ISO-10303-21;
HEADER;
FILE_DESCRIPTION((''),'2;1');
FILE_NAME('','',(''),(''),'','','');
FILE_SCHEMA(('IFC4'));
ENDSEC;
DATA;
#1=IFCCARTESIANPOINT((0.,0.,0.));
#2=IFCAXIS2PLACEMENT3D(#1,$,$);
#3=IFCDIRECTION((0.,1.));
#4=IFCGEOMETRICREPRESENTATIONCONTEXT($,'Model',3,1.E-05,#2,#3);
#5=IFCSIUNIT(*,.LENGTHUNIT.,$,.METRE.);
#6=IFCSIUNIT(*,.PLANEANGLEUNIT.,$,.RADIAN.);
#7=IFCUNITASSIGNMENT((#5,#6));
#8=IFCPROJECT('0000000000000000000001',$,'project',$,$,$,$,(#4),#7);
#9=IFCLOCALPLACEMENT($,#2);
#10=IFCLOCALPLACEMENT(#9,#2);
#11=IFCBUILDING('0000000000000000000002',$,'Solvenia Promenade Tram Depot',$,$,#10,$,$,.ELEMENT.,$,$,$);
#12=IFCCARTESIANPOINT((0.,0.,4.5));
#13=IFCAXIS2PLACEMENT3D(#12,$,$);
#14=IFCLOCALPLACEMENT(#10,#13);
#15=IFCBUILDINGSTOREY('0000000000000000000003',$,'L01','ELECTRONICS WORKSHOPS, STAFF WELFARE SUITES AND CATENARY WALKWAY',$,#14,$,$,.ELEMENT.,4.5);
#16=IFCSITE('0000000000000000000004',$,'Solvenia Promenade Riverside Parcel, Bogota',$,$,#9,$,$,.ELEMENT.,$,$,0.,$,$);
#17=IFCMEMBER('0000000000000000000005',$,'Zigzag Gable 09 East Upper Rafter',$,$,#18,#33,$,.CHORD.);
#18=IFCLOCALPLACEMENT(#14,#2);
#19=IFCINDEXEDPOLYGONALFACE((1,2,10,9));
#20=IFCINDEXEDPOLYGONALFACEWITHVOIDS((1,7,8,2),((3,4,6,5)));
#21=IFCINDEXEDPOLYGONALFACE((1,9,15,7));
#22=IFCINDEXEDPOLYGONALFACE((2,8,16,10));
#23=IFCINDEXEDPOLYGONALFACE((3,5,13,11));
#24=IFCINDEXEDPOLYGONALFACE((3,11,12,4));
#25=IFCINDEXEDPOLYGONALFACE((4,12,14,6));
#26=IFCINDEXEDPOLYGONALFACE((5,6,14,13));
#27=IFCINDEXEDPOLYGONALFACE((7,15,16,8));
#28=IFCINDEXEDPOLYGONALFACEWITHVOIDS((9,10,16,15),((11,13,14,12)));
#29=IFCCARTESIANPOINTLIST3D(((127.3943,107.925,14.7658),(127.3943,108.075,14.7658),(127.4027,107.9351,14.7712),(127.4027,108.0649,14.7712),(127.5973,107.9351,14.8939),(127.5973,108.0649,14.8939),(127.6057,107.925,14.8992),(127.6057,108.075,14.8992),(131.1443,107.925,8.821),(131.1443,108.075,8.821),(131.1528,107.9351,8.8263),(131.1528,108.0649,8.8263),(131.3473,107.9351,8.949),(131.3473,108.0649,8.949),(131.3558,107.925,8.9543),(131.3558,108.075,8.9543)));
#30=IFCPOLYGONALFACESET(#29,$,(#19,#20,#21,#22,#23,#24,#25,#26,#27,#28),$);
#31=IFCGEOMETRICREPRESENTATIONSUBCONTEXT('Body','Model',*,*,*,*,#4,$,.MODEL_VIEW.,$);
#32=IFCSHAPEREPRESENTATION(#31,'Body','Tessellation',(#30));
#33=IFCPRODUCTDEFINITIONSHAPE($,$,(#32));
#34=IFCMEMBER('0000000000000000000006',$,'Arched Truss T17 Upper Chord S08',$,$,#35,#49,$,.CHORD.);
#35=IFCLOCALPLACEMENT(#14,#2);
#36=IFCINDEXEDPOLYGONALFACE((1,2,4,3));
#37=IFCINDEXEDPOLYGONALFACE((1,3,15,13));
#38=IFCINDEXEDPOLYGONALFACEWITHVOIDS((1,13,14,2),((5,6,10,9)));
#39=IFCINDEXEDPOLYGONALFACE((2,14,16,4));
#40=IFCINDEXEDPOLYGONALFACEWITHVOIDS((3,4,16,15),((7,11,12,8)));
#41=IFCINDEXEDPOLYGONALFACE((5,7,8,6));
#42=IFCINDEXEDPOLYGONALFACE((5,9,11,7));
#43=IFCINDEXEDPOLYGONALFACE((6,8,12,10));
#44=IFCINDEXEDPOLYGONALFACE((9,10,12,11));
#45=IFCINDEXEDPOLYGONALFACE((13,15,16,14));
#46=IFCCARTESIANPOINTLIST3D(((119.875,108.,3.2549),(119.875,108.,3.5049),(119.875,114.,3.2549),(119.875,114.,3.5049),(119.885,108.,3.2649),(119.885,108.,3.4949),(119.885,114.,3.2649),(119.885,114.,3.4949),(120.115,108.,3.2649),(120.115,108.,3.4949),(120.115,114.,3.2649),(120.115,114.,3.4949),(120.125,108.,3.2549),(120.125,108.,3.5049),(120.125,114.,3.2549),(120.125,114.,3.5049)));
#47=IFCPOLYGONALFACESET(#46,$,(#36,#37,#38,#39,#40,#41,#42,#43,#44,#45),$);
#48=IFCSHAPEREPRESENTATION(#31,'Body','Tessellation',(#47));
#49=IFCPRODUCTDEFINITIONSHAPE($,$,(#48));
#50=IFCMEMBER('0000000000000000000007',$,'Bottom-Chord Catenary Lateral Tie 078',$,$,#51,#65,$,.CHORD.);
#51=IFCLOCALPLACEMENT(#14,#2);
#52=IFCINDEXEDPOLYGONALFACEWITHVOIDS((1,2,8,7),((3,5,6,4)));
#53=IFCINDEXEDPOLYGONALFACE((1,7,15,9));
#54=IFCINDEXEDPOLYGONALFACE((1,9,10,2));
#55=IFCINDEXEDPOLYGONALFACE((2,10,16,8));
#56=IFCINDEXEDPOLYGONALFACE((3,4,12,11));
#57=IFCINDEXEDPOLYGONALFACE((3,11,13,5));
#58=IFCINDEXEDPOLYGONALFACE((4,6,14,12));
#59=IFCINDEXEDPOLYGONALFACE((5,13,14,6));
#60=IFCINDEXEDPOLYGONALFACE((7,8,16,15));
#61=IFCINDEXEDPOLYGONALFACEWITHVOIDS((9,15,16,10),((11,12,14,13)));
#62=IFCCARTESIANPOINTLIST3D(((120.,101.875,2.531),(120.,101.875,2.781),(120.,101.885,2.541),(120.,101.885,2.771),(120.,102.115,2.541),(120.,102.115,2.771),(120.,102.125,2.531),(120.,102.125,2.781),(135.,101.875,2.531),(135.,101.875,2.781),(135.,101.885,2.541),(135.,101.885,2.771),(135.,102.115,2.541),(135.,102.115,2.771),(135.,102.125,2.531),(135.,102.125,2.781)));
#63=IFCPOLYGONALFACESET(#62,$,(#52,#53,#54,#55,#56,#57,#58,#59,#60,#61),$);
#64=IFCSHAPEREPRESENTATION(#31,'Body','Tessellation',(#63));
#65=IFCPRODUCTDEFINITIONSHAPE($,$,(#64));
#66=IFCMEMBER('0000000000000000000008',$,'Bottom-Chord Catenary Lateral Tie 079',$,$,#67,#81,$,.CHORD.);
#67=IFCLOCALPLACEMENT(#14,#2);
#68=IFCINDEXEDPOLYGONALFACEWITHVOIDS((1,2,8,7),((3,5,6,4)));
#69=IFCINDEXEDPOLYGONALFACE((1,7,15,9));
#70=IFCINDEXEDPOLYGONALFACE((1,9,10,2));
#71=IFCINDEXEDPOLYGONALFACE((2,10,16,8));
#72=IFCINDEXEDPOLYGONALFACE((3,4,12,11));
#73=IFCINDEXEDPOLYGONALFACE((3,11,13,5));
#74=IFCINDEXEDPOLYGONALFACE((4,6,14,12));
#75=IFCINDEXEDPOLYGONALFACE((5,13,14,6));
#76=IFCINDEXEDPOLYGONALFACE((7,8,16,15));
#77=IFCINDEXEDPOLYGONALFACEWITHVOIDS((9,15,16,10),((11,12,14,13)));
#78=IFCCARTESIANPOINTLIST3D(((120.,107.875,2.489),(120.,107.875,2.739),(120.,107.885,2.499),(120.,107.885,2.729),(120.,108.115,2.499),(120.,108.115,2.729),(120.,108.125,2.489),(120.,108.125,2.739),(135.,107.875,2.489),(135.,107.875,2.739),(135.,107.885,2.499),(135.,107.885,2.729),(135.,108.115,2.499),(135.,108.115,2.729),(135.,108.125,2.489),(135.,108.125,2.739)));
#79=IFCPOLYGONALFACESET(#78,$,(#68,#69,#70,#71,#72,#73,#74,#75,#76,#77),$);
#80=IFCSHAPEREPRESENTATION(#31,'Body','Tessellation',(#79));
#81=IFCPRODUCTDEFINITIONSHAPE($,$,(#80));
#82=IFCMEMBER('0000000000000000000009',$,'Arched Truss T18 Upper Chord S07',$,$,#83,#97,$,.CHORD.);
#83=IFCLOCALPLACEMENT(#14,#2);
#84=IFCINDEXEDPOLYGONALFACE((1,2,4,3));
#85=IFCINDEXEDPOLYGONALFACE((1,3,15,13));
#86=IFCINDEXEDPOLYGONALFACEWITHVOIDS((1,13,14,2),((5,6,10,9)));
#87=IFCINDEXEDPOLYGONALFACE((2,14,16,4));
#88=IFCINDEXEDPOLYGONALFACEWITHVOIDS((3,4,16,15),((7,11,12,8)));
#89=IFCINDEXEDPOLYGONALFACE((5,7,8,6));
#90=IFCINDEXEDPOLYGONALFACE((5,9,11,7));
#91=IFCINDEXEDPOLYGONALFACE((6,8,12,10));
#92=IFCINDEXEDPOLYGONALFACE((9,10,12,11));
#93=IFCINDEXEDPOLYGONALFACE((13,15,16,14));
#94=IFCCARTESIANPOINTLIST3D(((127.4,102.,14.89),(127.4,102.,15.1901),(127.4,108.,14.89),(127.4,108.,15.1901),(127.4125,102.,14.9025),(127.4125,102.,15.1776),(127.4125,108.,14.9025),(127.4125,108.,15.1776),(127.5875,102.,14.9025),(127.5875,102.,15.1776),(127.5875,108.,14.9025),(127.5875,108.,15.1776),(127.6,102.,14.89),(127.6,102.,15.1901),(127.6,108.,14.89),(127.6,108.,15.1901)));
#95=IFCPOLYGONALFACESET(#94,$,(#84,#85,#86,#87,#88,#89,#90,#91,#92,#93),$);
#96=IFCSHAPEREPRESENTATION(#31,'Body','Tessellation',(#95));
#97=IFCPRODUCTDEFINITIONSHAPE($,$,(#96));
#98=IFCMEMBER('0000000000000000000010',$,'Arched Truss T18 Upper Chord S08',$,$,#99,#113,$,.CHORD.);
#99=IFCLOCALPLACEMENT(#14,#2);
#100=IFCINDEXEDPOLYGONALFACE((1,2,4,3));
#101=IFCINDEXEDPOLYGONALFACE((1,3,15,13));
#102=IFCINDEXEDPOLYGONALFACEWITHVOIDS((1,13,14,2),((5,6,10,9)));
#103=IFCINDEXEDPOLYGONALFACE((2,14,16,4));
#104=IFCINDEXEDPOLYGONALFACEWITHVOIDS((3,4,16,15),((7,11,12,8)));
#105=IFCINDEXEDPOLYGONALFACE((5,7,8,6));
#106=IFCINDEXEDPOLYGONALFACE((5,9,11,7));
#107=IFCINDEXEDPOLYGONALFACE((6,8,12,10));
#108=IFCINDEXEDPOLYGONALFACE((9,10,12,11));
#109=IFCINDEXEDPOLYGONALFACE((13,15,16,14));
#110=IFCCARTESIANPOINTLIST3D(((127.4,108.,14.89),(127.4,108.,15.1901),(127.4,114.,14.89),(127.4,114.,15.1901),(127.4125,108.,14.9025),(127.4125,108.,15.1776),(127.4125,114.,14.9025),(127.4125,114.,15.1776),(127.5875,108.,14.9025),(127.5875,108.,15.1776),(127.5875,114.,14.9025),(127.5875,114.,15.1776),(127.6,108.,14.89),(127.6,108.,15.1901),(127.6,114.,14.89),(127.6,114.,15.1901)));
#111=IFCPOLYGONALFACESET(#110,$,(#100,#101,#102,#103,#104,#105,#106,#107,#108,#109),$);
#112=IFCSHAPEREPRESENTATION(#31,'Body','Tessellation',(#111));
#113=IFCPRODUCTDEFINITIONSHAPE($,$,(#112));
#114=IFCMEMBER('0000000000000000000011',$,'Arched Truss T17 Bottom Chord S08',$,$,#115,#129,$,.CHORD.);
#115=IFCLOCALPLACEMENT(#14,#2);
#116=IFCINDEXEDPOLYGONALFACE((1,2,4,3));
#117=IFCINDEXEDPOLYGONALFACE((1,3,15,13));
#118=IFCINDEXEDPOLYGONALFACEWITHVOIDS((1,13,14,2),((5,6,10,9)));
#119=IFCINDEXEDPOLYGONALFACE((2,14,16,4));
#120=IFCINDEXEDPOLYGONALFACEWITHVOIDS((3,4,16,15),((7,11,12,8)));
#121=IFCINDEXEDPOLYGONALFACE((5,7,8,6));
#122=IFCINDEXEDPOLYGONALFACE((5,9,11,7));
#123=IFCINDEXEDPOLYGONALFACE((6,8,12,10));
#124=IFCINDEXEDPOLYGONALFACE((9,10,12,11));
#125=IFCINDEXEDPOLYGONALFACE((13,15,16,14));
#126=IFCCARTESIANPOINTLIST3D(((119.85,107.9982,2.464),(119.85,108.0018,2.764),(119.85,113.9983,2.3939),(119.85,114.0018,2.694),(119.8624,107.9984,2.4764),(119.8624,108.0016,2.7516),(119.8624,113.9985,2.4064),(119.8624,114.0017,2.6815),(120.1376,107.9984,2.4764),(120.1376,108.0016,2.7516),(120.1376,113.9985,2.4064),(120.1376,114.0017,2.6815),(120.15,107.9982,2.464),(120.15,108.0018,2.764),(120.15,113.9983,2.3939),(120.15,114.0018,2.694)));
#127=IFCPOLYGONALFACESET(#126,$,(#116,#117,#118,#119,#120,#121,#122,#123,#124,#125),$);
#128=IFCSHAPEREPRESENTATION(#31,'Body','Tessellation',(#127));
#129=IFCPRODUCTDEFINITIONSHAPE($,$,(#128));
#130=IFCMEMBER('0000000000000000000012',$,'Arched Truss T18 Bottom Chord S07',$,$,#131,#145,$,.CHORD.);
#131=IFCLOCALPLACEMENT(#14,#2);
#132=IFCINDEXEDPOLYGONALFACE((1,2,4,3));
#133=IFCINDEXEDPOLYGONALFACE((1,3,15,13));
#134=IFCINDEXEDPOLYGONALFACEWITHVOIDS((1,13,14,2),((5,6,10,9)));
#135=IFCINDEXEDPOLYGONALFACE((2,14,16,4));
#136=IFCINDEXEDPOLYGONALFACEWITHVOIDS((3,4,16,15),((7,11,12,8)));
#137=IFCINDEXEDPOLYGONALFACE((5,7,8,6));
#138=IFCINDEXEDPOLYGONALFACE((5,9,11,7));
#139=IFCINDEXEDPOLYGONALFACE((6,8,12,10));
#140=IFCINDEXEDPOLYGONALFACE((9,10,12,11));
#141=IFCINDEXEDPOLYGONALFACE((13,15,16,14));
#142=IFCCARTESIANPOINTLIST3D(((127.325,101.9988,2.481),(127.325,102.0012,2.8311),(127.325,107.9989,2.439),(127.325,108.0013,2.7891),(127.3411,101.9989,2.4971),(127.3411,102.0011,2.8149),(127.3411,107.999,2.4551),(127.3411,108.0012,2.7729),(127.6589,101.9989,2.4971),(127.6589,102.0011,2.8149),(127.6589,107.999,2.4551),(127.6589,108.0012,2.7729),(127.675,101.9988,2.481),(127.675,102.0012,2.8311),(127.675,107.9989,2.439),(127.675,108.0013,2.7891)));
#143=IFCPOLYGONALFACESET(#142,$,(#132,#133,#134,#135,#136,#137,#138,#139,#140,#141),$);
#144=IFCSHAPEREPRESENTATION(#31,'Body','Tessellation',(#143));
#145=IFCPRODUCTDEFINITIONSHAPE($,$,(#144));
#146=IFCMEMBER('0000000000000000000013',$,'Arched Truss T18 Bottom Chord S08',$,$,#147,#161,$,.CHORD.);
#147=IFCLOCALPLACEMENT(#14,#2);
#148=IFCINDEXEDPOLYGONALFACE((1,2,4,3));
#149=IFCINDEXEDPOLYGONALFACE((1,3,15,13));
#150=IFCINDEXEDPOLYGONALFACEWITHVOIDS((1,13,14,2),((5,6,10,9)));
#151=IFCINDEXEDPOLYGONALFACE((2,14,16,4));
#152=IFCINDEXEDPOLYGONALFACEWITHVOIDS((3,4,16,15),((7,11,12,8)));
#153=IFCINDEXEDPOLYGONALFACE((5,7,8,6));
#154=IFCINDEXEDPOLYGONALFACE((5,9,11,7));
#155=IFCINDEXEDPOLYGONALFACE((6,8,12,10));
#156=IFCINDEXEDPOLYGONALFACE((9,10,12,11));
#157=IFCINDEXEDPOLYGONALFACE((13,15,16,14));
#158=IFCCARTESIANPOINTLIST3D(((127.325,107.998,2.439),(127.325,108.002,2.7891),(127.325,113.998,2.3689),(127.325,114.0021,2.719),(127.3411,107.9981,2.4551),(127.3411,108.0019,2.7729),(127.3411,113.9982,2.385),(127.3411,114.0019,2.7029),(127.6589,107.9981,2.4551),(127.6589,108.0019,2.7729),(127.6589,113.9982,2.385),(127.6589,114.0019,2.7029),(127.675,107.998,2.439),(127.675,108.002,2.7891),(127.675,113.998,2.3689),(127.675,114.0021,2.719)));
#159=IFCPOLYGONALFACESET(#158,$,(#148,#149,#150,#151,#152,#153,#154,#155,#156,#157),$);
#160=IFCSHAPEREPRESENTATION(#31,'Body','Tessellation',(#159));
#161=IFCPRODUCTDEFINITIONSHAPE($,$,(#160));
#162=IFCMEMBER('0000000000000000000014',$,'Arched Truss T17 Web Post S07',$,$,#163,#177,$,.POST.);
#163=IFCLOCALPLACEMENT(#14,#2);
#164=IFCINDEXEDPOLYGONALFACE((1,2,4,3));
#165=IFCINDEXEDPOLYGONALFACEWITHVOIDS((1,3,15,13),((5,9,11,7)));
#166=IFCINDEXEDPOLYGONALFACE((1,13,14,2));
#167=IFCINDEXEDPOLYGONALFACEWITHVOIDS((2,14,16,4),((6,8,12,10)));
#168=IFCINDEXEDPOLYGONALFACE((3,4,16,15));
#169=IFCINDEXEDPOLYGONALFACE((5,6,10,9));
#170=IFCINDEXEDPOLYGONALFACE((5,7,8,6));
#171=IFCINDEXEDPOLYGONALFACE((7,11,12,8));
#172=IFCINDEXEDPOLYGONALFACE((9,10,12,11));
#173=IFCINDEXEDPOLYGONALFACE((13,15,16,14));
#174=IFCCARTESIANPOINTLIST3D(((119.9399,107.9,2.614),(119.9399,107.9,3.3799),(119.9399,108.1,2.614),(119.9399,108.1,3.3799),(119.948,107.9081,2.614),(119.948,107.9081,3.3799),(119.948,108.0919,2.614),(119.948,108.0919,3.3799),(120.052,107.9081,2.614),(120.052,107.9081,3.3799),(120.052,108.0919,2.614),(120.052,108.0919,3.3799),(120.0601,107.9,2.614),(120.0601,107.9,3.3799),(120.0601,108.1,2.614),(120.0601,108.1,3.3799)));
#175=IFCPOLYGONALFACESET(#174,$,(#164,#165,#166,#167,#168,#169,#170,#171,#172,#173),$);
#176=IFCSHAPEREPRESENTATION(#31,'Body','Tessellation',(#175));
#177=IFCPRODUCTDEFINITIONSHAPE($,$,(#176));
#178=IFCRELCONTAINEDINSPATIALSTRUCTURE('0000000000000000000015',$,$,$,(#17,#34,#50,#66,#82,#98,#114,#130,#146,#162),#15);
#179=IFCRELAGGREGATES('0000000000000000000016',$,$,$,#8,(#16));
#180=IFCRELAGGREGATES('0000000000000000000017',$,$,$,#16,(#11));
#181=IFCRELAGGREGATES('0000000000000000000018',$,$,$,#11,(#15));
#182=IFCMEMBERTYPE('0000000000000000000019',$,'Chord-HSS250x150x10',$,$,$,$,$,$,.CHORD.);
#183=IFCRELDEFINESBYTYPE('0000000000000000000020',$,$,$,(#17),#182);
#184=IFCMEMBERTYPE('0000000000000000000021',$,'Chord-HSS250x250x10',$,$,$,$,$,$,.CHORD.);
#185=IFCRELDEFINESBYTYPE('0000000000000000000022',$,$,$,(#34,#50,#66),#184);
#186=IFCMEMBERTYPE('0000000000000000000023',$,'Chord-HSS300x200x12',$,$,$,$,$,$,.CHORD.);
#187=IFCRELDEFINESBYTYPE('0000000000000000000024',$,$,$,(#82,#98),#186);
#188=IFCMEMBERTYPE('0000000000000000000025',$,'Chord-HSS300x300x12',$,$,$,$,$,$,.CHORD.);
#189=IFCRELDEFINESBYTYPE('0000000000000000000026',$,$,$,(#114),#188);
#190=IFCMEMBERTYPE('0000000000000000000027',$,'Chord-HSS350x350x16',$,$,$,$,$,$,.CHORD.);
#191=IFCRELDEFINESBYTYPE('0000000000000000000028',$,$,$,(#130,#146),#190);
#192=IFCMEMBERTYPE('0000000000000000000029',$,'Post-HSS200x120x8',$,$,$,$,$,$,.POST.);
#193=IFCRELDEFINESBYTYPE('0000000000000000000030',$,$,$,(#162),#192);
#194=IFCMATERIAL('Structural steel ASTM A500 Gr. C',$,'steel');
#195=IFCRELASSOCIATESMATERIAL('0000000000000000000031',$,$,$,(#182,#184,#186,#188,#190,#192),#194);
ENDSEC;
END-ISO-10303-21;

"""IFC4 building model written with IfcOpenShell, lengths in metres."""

from ifc_helpers import new_model, si_unit, direction, frame, origin, origin_2d, place, context, subcontext, project, spatial, hollow_rectangle, extrude, material, material_profile, profile_set, type_object, element, save


model = new_model("IFC4")

# Units and contexts
model_context = context("Model", 3, precision=1e-05, world=origin(), true_north=direction((0.0, 1.0)))
body_context = subcontext(model_context, "Body", "Model", "MODEL_VIEW")
ifc_project = project(units=[si_unit("LENGTHUNIT", "METRE"), si_unit("PLANEANGLEUNIT", "RADIAN")], contexts=[model_context])

# Site, building, storey
site_placement = place(None, origin())
site = spatial("IfcSite", under=ifc_project, at=site_placement, Name="Solvenia Promenade Riverside Parcel, Bogota", CompositionType="ELEMENT", RefElevation=0.0)
building_placement = place(site_placement, origin())
building = spatial("IfcBuilding", under=site, at=building_placement, Name="Solvenia Promenade Tram Depot", CompositionType="ELEMENT")
storey_placement = place(building_placement, frame((0.0, 0.0, 4.5)))
storey = spatial("IfcBuildingStorey", under=building, at=storey_placement, Name="L01", Description="ELECTRONICS WORKSHOPS, STAFF WELFARE SUITES AND CATENARY WALKWAY", CompositionType="ELEMENT", Elevation=4.5)

# Members
ifc_material_1 = material(Name="Structural steel ASTM A500 Gr. C", Category="steel")
ifc_material_profile_1 = material_profile(ifc_material_1, hollow_rectangle(XDim=0.1499, YDim=0.25, WallThickness=0.01, at=origin_2d()), Name="HSS250x150x10", Category="steel")
ifc_profile_set_1 = profile_set([ifc_material_profile_1], Name="Structural steel ASTM A500 Gr. C")
member_type_1 = type_object("IfcMemberType", Name="Chord-HSS250x150x10", PredefinedType="CHORD", material=ifc_profile_set_1)
for number, where, z_axis, x_axis, name in (
    (1, (127.5, 108.0, 14.8325), (0.533522, 0.0, -0.845786), (0.0, 1.0, 0.0), "Zigzag Gable 09 East Upper Rafter"),
):
    element("IfcMember", number, at=place(storey_placement, frame(where, z_axis=z_axis, x_axis=x_axis)), inside=storey, type_object=member_type_1, Name=name, PredefinedType="CHORD", context=body_context, shape_type="SweptSolid", body=[
        extrude(hollow_rectangle(XDim=0.1499, YDim=0.25, WallThickness=0.01, at=origin_2d()), origin(), (0.0, 0.0, 1.0), 7.0288),
    ])
ifc_material_profile_2 = material_profile(ifc_material_1, hollow_rectangle(XDim=0.25, YDim=0.25, WallThickness=0.01, at=origin_2d()), Name="HSS250x250x10", Category="steel")
ifc_profile_set_2 = profile_set([ifc_material_profile_2], Name="Structural steel ASTM A500 Gr. C")
member_type_2 = type_object("IfcMemberType", Name="Chord-HSS250x250x10", PredefinedType="CHORD", material=ifc_profile_set_2)
member_1_placement = place(storey_placement, frame((120.0, 108.0, 3.3799), z_axis=(0.0, 1.0, 0.0), x_axis=(-1.0, 0.0, 0.0)))
element("IfcMember", 2, at=member_1_placement, inside=storey, type_object=member_type_2, Name="Arched Truss T17 Upper Chord S08", PredefinedType="CHORD", context=body_context, shape_type="SweptSolid", body=[
    extrude(hollow_rectangle(XDim=0.25, YDim=0.25, WallThickness=0.01, at=origin_2d()), origin(), (0.0, 0.0, 1.0), 6.0),
])
for number, where, z_axis, x_axis, name in (
    (3, (120.0, 102.0, 2.656), (1.0, 0.0, 0.0), (0.0, 1.0, 0.0), "Bottom-Chord Catenary Lateral Tie 078"),
    (4, (120.0, 108.0, 2.614), (1.0, 0.0, 0.0), (0.0, 1.0, 0.0), "Bottom-Chord Catenary Lateral Tie 079"),
):
    element("IfcMember", number, at=place(storey_placement, frame(where, z_axis=z_axis, x_axis=x_axis)), inside=storey, type_object=member_type_2, Name=name, PredefinedType="CHORD", context=body_context, shape_type="SweptSolid", body=[
        extrude(hollow_rectangle(XDim=0.25, YDim=0.25, WallThickness=0.01, at=origin_2d()), origin(), (0.0, 0.0, 1.0), 15.0),
    ])
ifc_material_profile_3 = material_profile(ifc_material_1, hollow_rectangle(XDim=0.2, YDim=0.3, WallThickness=0.0125, at=origin_2d()), Name="HSS300x200x12.5", Category="steel")
ifc_profile_set_3 = profile_set([ifc_material_profile_3], Name="Structural steel ASTM A500 Gr. C")
member_type_3 = type_object("IfcMemberType", Name="Chord-HSS300x200x12", PredefinedType="CHORD", material=ifc_profile_set_3)
for number, where, z_axis, x_axis, name in (
    (5, (127.5, 102.0, 15.04), (0.0, 1.0, 0.0), (-1.0, 0.0, 0.0), "Arched Truss T18 Upper Chord S07"),
    (6, (127.5, 108.0, 15.04), (0.0, 1.0, 0.0), (-1.0, 0.0, 0.0), "Arched Truss T18 Upper Chord S08"),
):
    element("IfcMember", number, at=place(storey_placement, frame(where, z_axis=z_axis, x_axis=x_axis)), inside=storey, type_object=member_type_3, Name=name, PredefinedType="CHORD", context=body_context, shape_type="SweptSolid", body=[
        extrude(hollow_rectangle(XDim=0.2, YDim=0.3, WallThickness=0.0125, at=origin_2d()), origin(), (0.0, 0.0, 1.0), 6.0),
    ])
ifc_material_profile_4 = material_profile(ifc_material_1, hollow_rectangle(XDim=0.3, YDim=0.3, WallThickness=0.0125, at=origin_2d()), Name="HSS300x300x12.5", Category="steel")
ifc_profile_set_4 = profile_set([ifc_material_profile_4], Name="Structural steel ASTM A500 Gr. C")
member_type_4 = type_object("IfcMemberType", Name="Chord-HSS300x300x12", PredefinedType="CHORD", material=ifc_profile_set_4)
member_2_placement = place(storey_placement, frame((120.0, 108.0, 2.614), z_axis=(0.0, 0.999932, -0.011677), x_axis=(-1.0, 0.0, 0.0)))
element("IfcMember", 7, at=member_2_placement, inside=storey, type_object=member_type_4, Name="Arched Truss T17 Bottom Chord S08", PredefinedType="CHORD", context=body_context, shape_type="SweptSolid", body=[
    extrude(hollow_rectangle(XDim=0.3, YDim=0.3, WallThickness=0.0125, at=origin_2d()), origin(), (0.0, 0.0, 1.0), 6.0005),
])
ifc_material_profile_5 = material_profile(ifc_material_1, hollow_rectangle(XDim=0.3501, YDim=0.3501, WallThickness=0.0161, at=origin_2d()), Name="HSS350x350x16", Category="steel")
ifc_profile_set_5 = profile_set([ifc_material_profile_5], Name="Structural steel ASTM A500 Gr. C")
member_type_5 = type_object("IfcMemberType", Name="Chord-HSS350x350x16", PredefinedType="CHORD", material=ifc_profile_set_5)
member_3_placement = place(storey_placement, frame((127.5, 102.0, 2.656), z_axis=(0.0, 0.999976, -0.006999), x_axis=(-1.0, 0.0, 0.0)))
element("IfcMember", 8, at=member_3_placement, inside=storey, type_object=member_type_5, Name="Arched Truss T18 Bottom Chord S07", PredefinedType="CHORD", context=body_context, shape_type="SweptSolid", body=[
    extrude(hollow_rectangle(XDim=0.3501, YDim=0.3501, WallThickness=0.0161, at=origin_2d()), origin(), (0.0, 0.0, 1.0), 6.0002),
])
member_4_placement = place(storey_placement, frame((127.5, 108.0, 2.614), z_axis=(0.0, 0.999932, -0.011677), x_axis=(-1.0, 0.0, 0.0)))
element("IfcMember", 9, at=member_4_placement, inside=storey, type_object=member_type_5, Name="Arched Truss T18 Bottom Chord S08", PredefinedType="CHORD", context=body_context, shape_type="SweptSolid", body=[
    extrude(hollow_rectangle(XDim=0.3501, YDim=0.3501, WallThickness=0.0161, at=origin_2d()), origin(), (0.0, 0.0, 1.0), 6.0005),
])
ifc_material_profile_6 = material_profile(ifc_material_1, hollow_rectangle(XDim=0.1201, YDim=0.2, WallThickness=0.0081, at=origin_2d()), Name="HSS200x120x8", Category="steel")
ifc_profile_set_6 = profile_set([ifc_material_profile_6], Name="Structural steel ASTM A500 Gr. C")
member_type_6 = type_object("IfcMemberType", Name="Post-HSS200x120x8", PredefinedType="POST", material=ifc_profile_set_6)
member_5_placement = place(storey_placement, frame((120.0, 108.0, 2.614), z_axis=(0.0, 0.0, 1.0), x_axis=(1.0, 0.0, 0.0)))
element("IfcMember", 10, at=member_5_placement, inside=storey, type_object=member_type_6, Name="Arched Truss T17 Web Post S07", PredefinedType="POST", context=body_context, shape_type="SweptSolid", body=[
    extrude(hollow_rectangle(XDim=0.1201, YDim=0.2, WallThickness=0.0081, at=origin_2d()), origin(), (0.0, 0.0, 1.0), 0.7659),
])

save(model, "model.ifc")
